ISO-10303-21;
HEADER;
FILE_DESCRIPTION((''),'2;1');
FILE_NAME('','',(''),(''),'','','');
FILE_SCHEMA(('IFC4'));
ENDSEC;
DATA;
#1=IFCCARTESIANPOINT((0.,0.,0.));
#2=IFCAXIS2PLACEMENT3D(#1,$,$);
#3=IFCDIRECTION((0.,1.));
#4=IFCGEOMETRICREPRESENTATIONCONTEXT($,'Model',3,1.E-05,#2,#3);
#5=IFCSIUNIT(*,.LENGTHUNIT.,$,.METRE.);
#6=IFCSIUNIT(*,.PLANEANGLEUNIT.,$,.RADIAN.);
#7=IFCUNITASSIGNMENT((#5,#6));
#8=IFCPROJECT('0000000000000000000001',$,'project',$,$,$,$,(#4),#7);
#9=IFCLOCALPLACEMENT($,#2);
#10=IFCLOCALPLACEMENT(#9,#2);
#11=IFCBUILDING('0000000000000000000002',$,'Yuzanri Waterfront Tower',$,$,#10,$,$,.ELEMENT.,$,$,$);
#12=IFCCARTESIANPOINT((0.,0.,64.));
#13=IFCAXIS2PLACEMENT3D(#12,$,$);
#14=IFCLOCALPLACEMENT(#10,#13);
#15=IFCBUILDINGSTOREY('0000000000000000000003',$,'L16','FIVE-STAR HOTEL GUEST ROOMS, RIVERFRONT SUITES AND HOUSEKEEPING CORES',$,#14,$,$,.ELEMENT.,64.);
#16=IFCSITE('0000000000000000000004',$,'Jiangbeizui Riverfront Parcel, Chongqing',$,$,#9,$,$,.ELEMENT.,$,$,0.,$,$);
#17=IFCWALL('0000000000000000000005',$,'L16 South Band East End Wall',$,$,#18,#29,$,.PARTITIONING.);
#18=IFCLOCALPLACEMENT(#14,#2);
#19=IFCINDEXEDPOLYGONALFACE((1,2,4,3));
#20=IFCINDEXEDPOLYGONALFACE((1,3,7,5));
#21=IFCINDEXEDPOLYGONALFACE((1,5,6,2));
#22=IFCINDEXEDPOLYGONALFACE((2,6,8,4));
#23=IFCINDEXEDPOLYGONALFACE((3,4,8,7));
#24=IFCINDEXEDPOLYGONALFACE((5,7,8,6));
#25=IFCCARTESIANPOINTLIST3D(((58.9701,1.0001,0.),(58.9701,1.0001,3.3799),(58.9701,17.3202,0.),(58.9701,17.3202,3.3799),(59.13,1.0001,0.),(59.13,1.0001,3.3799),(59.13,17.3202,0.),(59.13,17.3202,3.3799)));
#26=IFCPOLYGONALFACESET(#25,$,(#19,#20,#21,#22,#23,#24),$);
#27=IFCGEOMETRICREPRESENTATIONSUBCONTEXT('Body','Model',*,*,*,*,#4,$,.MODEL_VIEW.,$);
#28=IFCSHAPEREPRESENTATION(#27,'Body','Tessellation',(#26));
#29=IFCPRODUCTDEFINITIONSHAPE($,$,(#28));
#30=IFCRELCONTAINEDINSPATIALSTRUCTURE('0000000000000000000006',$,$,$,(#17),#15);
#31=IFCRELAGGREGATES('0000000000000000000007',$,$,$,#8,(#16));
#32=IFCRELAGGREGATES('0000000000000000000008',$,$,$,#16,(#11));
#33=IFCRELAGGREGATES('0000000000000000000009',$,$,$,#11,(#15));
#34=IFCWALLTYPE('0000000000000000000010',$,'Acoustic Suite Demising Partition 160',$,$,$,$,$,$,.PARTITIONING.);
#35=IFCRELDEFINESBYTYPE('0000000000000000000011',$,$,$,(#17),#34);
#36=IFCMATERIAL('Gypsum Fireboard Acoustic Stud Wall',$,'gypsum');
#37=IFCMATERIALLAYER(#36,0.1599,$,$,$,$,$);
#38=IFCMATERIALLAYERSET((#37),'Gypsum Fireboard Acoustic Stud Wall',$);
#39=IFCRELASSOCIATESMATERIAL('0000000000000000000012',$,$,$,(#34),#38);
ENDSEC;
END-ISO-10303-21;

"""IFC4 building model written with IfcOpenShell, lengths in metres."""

from ifc_helpers import new_model, si_unit, direction, frame, frame_2d, origin, place, context, subcontext, project, spatial, rectangle, extrude, source, transform, mapped, material, layer, layer_set, type_object, element, save


model = new_model("IFC4")

# Units and contexts
model_context = context("Model", 3, precision=1e-05, world=origin(), true_north=direction((0.0, 1.0)))
body_context = subcontext(model_context, "Body", "Model", "MODEL_VIEW")
ifc_project = project(units=[si_unit("LENGTHUNIT", "METRE"), si_unit("PLANEANGLEUNIT", "RADIAN")], contexts=[model_context])

# Site, building, storey
site_placement = place(None, origin())
site = spatial("IfcSite", under=ifc_project, at=site_placement, Name="Jiangbeizui Riverfront Parcel, Chongqing", CompositionType="ELEMENT", RefElevation=0.0)
building_placement = place(site_placement, origin())
building = spatial("IfcBuilding", under=site, at=building_placement, Name="Yuzanri Waterfront Tower", CompositionType="ELEMENT")
storey_placement = place(building_placement, frame((0.0, 0.0, 64.0)))
storey = spatial("IfcBuildingStorey", under=building, at=storey_placement, Name="L16", Description="FIVE-STAR HOTEL GUEST ROOMS, RIVERFRONT SUITES AND HOUSEKEEPING CORES", CompositionType="ELEMENT", Elevation=64.0)

# Wall
ifc_material_1 = material(Name="Gypsum Fireboard Acoustic Stud Wall", Category="gypsum")
ifc_layer_1 = layer(ifc_material_1, 0.1599)
ifc_layer_set_1 = layer_set([ifc_layer_1], Name="Gypsum Fireboard Acoustic Stud Wall")
wall_type_1 = type_object("IfcWallType", Name="Acoustic Suite Demising Partition 160", PredefinedType="PARTITIONING", material=ifc_layer_set_1)
shared_shape_1 = source(origin(), body_context, "Body", "SweptSolid", [
    extrude(rectangle(XDim=16.3201, YDim=0.1599, at=frame_2d((8.1602, 0.0))), origin(), (0.0, 0.0, 1.0), 3.3799),
])
wall_1_placement = place(storey_placement, frame((59.05, 1.0, 0.0), z_axis=(0.0, 0.0, 1.0), x_axis=(0.0, 1.0, 0.0)))
element("IfcWall", 1, at=wall_1_placement, inside=storey, type_object=wall_type_1, Name="L16 South Band East End Wall", PredefinedType="PARTITIONING", context=body_context, shape_type="MappedRepresentation", body=[
    mapped(shared_shape_1, transform((0.0, 0.0, 0.0), scale=1.0)),
])

save(model, "model.ifc")
